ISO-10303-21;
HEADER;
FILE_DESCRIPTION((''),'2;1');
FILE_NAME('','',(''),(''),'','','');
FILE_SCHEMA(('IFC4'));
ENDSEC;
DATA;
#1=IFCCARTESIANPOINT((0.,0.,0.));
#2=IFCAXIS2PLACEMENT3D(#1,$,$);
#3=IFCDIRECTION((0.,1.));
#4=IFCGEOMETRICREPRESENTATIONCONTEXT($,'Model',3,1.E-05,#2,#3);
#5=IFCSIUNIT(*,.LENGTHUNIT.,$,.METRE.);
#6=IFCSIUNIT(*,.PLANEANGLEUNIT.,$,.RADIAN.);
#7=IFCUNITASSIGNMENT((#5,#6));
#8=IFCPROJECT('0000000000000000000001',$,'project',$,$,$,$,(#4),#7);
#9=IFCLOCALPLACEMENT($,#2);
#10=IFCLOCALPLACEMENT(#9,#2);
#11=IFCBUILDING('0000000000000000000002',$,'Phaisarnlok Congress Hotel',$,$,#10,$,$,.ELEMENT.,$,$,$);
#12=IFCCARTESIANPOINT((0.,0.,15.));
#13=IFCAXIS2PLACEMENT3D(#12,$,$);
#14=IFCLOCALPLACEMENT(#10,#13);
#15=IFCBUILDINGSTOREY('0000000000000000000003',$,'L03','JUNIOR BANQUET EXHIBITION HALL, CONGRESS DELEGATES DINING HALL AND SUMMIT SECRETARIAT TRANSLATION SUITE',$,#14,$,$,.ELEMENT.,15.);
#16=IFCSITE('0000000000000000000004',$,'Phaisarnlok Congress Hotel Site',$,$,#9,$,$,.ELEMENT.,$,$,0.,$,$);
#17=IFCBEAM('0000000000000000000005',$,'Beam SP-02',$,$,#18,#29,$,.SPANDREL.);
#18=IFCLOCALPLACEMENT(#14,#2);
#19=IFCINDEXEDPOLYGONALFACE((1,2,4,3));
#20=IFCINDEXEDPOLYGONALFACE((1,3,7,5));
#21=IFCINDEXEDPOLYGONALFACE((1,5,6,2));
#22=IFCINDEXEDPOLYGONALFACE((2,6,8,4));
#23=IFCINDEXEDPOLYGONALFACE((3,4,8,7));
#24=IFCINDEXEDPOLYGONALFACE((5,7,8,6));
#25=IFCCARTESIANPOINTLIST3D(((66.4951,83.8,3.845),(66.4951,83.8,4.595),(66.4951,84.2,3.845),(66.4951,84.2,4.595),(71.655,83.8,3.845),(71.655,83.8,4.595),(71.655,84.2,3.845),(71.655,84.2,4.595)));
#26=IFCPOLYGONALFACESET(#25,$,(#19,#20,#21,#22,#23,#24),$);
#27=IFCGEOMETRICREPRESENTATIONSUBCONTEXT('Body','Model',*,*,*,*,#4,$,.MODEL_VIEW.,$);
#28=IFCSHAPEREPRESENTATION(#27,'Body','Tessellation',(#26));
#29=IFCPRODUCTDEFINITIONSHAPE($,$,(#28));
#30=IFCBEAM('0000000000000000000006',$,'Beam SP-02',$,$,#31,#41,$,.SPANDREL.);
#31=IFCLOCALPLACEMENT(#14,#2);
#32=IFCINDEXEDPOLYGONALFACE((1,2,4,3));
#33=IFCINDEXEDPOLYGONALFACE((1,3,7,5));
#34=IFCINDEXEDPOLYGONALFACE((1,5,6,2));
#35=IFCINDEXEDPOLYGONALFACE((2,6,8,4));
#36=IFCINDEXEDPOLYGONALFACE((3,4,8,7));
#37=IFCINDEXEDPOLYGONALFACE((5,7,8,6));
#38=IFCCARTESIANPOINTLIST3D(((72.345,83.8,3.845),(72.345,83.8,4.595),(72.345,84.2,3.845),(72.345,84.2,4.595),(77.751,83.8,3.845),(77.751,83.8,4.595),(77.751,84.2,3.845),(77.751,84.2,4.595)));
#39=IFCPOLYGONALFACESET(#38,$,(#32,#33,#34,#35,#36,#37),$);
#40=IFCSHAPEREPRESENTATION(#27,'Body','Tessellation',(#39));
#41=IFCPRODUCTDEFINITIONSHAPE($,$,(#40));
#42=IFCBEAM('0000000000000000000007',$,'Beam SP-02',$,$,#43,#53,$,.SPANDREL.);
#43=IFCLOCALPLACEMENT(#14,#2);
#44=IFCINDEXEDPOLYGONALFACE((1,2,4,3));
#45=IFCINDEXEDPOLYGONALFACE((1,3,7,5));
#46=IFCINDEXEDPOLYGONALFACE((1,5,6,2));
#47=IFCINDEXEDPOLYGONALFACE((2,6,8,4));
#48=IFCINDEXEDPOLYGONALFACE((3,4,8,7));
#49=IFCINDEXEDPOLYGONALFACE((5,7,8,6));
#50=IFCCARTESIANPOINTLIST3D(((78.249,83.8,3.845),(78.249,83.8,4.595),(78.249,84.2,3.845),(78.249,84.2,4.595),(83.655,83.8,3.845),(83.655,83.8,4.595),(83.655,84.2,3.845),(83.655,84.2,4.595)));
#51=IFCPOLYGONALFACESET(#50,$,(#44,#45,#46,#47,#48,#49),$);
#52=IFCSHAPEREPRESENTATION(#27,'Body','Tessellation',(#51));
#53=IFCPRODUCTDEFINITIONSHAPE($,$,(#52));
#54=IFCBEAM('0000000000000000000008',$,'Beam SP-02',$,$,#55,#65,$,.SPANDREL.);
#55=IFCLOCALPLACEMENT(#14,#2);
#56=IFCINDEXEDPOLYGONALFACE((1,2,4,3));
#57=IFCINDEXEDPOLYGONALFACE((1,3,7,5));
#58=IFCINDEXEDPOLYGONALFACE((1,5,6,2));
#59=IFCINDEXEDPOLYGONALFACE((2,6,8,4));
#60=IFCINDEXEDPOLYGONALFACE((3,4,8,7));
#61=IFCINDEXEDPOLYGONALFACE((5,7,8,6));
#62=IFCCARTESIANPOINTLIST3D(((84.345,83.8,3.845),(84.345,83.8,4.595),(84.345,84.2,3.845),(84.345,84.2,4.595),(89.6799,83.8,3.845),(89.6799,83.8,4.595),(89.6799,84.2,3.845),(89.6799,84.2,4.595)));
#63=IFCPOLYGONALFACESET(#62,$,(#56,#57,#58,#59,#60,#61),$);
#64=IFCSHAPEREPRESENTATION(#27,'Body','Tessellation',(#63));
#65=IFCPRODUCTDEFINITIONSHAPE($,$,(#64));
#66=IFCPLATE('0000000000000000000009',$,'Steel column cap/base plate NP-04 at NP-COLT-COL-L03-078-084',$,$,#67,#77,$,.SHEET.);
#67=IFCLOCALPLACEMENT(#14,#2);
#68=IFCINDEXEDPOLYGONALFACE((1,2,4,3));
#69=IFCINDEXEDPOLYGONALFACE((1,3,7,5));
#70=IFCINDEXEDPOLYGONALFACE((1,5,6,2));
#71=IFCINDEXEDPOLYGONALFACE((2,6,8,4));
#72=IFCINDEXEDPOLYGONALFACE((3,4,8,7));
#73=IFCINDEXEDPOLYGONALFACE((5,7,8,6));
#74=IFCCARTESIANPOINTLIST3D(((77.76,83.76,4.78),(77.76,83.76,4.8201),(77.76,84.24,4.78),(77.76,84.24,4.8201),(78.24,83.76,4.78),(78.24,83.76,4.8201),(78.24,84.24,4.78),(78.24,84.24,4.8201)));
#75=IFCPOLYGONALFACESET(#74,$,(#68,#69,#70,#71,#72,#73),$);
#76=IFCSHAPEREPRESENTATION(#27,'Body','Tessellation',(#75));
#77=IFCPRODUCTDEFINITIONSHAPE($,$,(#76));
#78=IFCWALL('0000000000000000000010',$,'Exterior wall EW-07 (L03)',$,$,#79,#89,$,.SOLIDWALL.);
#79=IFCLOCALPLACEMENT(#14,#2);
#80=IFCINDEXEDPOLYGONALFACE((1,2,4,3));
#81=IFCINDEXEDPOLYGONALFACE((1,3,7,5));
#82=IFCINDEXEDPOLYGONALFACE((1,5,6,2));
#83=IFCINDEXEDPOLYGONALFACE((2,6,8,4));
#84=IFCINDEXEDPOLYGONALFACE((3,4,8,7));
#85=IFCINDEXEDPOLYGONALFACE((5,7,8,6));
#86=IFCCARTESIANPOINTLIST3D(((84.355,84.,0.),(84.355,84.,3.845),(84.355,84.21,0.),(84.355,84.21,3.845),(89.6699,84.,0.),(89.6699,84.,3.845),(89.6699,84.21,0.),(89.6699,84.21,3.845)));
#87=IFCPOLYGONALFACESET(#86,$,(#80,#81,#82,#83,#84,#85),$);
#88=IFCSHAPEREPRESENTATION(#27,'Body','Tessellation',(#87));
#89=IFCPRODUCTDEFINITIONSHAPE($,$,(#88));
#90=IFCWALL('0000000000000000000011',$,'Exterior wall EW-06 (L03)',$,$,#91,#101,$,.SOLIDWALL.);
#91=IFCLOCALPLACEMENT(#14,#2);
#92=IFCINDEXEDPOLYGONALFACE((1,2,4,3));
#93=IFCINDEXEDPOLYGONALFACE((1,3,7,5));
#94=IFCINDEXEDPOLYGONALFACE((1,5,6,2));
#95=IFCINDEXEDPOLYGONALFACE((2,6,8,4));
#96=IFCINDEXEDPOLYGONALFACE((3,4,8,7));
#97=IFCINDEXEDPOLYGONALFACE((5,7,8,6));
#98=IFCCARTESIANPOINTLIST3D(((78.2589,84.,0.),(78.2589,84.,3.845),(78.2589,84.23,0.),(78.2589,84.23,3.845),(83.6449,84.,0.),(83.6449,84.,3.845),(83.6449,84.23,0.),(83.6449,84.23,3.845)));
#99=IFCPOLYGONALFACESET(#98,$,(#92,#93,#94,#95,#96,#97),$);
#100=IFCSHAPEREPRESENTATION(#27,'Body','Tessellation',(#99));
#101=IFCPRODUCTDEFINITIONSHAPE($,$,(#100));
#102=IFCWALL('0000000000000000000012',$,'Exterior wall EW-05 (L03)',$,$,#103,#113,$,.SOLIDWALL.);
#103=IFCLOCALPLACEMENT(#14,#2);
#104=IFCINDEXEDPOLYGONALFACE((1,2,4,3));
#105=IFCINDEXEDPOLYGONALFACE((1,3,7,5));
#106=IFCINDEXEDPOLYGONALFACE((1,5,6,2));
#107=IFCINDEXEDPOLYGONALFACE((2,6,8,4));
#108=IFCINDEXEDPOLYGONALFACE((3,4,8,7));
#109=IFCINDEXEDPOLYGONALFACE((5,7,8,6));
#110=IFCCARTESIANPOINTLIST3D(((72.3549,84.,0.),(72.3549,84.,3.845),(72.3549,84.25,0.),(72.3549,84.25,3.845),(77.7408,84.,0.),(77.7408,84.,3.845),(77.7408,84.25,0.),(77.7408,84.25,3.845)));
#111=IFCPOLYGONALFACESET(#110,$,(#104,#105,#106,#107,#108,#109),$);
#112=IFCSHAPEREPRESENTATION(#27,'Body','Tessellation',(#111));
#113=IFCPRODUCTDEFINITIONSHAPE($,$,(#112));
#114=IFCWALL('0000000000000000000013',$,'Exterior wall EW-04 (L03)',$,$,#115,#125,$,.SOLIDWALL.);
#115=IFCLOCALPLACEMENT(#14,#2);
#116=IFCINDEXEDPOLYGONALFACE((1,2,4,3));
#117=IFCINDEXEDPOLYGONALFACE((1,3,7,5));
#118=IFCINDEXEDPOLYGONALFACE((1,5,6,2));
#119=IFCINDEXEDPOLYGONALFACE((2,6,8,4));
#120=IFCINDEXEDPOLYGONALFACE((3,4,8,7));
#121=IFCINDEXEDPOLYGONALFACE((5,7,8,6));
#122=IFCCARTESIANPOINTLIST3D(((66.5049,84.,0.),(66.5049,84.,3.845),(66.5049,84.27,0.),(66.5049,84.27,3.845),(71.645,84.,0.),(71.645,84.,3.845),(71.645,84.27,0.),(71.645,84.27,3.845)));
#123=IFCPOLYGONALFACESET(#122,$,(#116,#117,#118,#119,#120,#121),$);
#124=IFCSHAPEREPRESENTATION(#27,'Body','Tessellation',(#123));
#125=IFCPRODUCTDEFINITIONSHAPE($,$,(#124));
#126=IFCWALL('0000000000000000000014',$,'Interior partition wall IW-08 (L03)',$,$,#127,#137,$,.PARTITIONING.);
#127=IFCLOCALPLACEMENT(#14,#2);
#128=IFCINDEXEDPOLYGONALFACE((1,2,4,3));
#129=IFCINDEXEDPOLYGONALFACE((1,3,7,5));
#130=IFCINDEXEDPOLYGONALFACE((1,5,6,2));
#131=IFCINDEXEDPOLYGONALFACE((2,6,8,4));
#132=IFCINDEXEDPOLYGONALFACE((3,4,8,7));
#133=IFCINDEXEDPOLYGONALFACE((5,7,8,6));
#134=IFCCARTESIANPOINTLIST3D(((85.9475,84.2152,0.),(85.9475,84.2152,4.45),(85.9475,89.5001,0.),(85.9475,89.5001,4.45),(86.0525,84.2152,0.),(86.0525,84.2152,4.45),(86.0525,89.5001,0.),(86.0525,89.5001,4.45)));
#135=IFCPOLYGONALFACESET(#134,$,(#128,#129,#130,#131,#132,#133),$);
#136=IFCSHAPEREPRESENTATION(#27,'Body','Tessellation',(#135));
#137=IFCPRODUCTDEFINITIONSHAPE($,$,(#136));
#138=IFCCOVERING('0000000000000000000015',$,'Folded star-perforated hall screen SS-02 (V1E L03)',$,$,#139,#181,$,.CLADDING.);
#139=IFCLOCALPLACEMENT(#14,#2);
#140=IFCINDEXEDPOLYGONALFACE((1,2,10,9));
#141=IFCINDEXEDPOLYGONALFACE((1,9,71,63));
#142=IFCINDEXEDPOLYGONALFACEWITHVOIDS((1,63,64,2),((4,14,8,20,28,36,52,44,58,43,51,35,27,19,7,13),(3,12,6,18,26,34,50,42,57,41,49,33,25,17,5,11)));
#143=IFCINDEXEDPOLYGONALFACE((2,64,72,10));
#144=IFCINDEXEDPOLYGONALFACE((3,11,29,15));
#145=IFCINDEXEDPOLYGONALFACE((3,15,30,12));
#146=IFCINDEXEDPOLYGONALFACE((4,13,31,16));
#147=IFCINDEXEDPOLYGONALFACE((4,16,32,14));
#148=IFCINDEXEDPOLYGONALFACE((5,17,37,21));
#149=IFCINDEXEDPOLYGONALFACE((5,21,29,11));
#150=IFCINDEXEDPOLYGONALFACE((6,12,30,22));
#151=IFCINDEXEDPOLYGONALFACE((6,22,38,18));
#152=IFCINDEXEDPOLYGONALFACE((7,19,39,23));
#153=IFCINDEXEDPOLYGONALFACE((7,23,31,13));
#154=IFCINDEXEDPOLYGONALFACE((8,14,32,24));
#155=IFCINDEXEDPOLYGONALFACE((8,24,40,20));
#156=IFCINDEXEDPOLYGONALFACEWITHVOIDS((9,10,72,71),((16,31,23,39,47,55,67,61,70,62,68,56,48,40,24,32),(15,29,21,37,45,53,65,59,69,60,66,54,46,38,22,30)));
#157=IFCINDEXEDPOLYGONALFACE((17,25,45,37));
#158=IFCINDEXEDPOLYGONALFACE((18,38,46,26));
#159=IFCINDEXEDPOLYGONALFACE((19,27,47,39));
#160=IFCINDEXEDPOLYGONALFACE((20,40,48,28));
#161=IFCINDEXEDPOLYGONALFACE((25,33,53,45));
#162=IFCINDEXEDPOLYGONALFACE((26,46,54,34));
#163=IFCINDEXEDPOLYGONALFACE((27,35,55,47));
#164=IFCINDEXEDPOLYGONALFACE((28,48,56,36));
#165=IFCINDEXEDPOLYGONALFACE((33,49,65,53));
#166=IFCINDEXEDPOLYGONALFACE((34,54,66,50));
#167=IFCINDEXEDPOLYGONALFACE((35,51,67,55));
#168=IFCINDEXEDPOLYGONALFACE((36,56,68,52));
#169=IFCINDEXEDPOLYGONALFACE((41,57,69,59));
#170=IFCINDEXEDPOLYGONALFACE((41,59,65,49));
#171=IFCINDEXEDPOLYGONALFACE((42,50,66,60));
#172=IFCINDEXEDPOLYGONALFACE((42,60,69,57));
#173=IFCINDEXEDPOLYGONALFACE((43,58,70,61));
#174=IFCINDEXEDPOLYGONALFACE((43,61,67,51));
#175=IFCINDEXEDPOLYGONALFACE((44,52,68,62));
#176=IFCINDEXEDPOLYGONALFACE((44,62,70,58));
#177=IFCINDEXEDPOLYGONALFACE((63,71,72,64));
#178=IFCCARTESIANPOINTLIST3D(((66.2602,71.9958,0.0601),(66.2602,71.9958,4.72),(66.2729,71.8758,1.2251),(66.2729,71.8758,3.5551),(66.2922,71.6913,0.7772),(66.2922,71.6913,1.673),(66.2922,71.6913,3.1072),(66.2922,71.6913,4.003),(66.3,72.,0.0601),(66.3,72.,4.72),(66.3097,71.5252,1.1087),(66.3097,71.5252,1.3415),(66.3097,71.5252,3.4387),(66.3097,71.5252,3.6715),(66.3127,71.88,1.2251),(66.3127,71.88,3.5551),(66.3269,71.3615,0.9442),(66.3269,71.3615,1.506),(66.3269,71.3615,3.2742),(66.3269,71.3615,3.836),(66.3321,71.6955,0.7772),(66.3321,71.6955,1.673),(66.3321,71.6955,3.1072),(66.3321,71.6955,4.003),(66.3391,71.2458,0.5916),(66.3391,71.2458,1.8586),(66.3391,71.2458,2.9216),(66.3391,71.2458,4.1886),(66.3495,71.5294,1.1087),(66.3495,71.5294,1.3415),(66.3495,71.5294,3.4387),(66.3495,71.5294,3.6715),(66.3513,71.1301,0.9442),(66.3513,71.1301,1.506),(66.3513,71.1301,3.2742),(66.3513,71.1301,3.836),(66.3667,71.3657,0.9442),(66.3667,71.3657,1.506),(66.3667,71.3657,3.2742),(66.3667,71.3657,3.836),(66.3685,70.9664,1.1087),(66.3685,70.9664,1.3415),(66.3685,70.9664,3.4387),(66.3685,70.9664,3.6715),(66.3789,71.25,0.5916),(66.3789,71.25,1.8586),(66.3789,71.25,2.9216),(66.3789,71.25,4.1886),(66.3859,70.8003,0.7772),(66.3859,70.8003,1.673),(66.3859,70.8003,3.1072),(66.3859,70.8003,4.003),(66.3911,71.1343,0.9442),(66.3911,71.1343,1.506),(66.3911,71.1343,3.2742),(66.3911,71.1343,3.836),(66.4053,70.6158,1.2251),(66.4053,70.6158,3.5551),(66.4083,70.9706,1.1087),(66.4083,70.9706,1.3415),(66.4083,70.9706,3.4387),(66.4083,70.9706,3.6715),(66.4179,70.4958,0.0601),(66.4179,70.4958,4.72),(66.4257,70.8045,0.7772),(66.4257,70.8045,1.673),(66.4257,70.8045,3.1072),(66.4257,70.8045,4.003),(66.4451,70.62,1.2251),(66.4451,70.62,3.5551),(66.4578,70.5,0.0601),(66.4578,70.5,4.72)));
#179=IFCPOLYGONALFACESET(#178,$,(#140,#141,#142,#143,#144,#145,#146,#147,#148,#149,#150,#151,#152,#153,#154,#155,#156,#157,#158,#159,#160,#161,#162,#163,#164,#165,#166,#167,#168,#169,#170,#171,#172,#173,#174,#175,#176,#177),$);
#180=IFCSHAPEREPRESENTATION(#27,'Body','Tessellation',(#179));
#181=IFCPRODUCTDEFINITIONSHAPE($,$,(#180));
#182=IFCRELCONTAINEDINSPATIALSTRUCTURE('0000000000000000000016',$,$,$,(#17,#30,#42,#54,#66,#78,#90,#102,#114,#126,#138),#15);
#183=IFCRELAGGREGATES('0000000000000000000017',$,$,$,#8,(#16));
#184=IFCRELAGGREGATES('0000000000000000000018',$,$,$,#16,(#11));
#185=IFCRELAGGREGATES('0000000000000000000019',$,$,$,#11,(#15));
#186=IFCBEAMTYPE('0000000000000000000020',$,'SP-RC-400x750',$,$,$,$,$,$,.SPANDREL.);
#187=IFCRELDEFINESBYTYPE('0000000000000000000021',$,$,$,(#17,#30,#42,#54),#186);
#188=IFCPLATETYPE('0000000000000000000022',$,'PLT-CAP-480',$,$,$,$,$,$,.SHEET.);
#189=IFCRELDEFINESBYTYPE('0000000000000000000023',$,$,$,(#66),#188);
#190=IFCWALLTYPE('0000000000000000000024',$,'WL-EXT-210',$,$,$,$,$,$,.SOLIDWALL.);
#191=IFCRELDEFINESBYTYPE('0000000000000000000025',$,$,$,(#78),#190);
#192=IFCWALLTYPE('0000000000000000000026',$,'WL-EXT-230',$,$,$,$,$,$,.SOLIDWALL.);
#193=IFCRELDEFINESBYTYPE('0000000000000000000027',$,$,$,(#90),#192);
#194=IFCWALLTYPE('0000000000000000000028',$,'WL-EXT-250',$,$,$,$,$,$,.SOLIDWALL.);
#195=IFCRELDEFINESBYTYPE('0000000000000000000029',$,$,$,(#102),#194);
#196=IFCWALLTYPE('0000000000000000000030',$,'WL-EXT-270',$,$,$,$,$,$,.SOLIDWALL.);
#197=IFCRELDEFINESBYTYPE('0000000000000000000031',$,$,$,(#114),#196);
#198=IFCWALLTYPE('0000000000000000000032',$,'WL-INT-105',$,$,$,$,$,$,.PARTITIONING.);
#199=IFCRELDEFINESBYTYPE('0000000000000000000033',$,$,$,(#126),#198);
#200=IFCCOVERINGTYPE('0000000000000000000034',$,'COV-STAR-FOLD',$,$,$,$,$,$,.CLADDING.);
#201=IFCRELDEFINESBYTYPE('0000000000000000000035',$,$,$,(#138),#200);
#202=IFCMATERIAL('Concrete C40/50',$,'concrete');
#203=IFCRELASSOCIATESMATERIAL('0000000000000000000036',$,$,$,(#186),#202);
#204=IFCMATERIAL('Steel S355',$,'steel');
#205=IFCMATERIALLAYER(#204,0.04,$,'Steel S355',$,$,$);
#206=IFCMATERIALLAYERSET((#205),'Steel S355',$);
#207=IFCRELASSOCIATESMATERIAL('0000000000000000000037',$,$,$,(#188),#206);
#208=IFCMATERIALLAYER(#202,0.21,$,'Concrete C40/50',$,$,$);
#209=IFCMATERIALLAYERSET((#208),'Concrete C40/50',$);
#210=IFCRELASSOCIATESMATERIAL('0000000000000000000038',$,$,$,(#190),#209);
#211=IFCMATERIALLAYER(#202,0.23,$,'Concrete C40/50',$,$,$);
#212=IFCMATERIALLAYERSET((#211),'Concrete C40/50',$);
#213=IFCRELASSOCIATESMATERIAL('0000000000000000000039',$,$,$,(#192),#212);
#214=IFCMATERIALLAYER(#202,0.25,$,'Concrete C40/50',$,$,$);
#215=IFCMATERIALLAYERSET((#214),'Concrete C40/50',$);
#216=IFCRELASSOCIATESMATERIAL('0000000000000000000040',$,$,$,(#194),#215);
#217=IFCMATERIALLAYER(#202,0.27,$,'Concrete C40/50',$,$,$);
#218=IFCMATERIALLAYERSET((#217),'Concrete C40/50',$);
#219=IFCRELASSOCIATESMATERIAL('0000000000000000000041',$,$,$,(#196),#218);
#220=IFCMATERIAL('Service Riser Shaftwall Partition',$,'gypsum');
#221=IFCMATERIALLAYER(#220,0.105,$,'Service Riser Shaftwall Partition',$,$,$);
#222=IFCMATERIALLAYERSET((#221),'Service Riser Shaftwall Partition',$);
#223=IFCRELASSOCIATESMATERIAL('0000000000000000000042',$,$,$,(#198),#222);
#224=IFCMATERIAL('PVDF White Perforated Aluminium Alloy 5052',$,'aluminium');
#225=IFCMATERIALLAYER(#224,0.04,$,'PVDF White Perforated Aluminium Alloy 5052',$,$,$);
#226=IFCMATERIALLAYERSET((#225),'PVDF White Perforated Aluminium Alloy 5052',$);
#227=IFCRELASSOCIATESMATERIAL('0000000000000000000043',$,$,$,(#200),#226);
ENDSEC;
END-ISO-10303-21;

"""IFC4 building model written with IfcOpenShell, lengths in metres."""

from ifc_helpers import new_model, si_unit, direction, frame, frame_2d, origin, origin_2d, place, context, subcontext, project, spatial, polyline, rectangle, outline, extrude, material, layer, layer_set, material_profile, profile_set, type_object, element, save


model = new_model("IFC4")

# Units and contexts
model_context = context("Model", 3, precision=1e-05, world=origin(), true_north=direction((0.0, 1.0)))
body_context = subcontext(model_context, "Body", "Model", "MODEL_VIEW")
ifc_project = project(units=[si_unit("LENGTHUNIT", "METRE"), si_unit("PLANEANGLEUNIT", "RADIAN")], contexts=[model_context])

# Site, building, storey
site_placement = place(None, origin())
site = spatial("IfcSite", under=ifc_project, at=site_placement, Name="Phaisarnlok Congress Hotel Site", CompositionType="ELEMENT", RefElevation=0.0)
building_placement = place(site_placement, origin())
building = spatial("IfcBuilding", under=site, at=building_placement, Name="Phaisarnlok Congress Hotel", CompositionType="ELEMENT")
storey_placement = place(building_placement, frame((0.0, 0.0, 15.0)))
storey = spatial("IfcBuildingStorey", under=building, at=storey_placement, Name="L03", Description="JUNIOR BANQUET EXHIBITION HALL, CONGRESS DELEGATES DINING HALL AND SUMMIT SECRETARIAT TRANSLATION SUITE", CompositionType="ELEMENT", Elevation=15.0)

# Shared definitions
ifc_material_1 = material(Name="Steel S355", Category="steel")

# Beams
ifc_material_2 = material(Name="Concrete C40/50", Category="concrete")
ifc_material_profile_1 = material_profile(ifc_material_2, rectangle(XDim=0.3999, YDim=0.75, at=origin_2d()), Name="RC 400x750")
ifc_profile_set_1 = profile_set([ifc_material_profile_1], Name="Concrete C40/50")
beam_type_1 = type_object("IfcBeamType", Name="SP-RC-400x750", PredefinedType="SPANDREL", material=ifc_profile_set_1)
beam_1_placement = place(storey_placement, frame((66.4951, 84.0, 4.22), z_axis=(1.0, 0.0, 0.0), x_axis=(0.0, 1.0, 0.0)))
element("IfcBeam", 1, at=beam_1_placement, inside=storey, type_object=beam_type_1, Name="Beam SP-02", PredefinedType="SPANDREL", context=body_context, shape_type="SweptSolid", body=[
    extrude(rectangle(XDim=0.3999, YDim=0.75, at=origin_2d()), origin(), (0.0, 0.0, 1.0), 5.1599),
])
for number, where, z_axis, x_axis, name in (
    (2, (72.345, 84.0, 4.22), (1.0, 0.0, 0.0), (0.0, 1.0, 0.0), "Beam SP-02"),
    (3, (78.249, 84.0, 4.22), (1.0, 0.0, 0.0), (0.0, 1.0, 0.0), "Beam SP-02"),
):
    element("IfcBeam", number, at=place(storey_placement, frame(where, z_axis=z_axis, x_axis=x_axis)), inside=storey, type_object=beam_type_1, Name=name, PredefinedType="SPANDREL", context=body_context, shape_type="SweptSolid", body=[
        extrude(rectangle(XDim=0.3999, YDim=0.75, at=origin_2d()), origin(), (0.0, 0.0, 1.0), 5.406),
    ])
beam_2_placement = place(storey_placement, frame((84.345, 84.0, 4.22), z_axis=(1.0, 0.0, 0.0), x_axis=(0.0, 1.0, 0.0)))
element("IfcBeam", 4, at=beam_2_placement, inside=storey, type_object=beam_type_1, Name="Beam SP-02", PredefinedType="SPANDREL", context=body_context, shape_type="SweptSolid", body=[
    extrude(rectangle(XDim=0.3999, YDim=0.75, at=origin_2d()), origin(), (0.0, 0.0, 1.0), 5.335),
])

# Plate
ifc_layer_1 = layer(ifc_material_1, 0.04, Name="Steel S355")
ifc_layer_set_1 = layer_set([ifc_layer_1], Name="Steel S355")
plate_type = type_object("IfcPlateType", Name="PLT-CAP-480", PredefinedType="SHEET", material=ifc_layer_set_1)
plate_placement = place(storey_placement, frame((78.0, 84.0, 4.78), z_axis=(0.0, 0.0, 1.0), x_axis=(1.0, 0.0, 0.0)))
element("IfcPlate", 5, at=plate_placement, inside=storey, type_object=plate_type, Name="Steel column cap/base plate NP-04 at NP-COLT-COL-L03-078-084", PredefinedType="SHEET", context=body_context, shape_type="SweptSolid", body=[
    extrude(rectangle(XDim=0.48, YDim=0.48, at=origin_2d()), origin(), (0.0, 0.0, 1.0), 0.04),
])

# Walls
ifc_layer_2 = layer(ifc_material_2, 0.21, Name="Concrete C40/50")
ifc_layer_set_2 = layer_set([ifc_layer_2], Name="Concrete C40/50")
wall_type_1 = type_object("IfcWallType", Name="WL-EXT-210", PredefinedType="SOLIDWALL", material=ifc_layer_set_2)
wall_1_placement = place(storey_placement, frame((84.355, 84.105, 0.0), z_axis=(0.0, 0.0, 1.0), x_axis=(1.0, 0.0, 0.0)))
element("IfcWall", 6, at=wall_1_placement, inside=storey, type_object=wall_type_1, Name="Exterior wall EW-07 (L03)", PredefinedType="SOLIDWALL", context=body_context, shape_type="SweptSolid", body=[
    extrude(rectangle(XDim=5.3149, YDim=0.21, at=frame_2d((2.6575, 0.0))), origin(), (0.0, 0.0, 1.0), 3.845),
])
ifc_layer_3 = layer(ifc_material_2, 0.23, Name="Concrete C40/50")
ifc_layer_set_3 = layer_set([ifc_layer_3], Name="Concrete C40/50")
wall_type_2 = type_object("IfcWallType", Name="WL-EXT-230", PredefinedType="SOLIDWALL", material=ifc_layer_set_3)
wall_2_placement = place(storey_placement, frame((78.259, 84.115, 0.0), z_axis=(0.0, 0.0, 1.0), x_axis=(1.0, 0.0, 0.0)))
element("IfcWall", 7, at=wall_2_placement, inside=storey, type_object=wall_type_2, Name="Exterior wall EW-06 (L03)", PredefinedType="SOLIDWALL", context=body_context, shape_type="SweptSolid", body=[
    extrude(rectangle(XDim=5.386, YDim=0.23, at=frame_2d((2.6929, 0.0))), origin(), (0.0, 0.0, 1.0), 3.845),
])
ifc_layer_4 = layer(ifc_material_2, 0.25, Name="Concrete C40/50")
ifc_layer_set_4 = layer_set([ifc_layer_4], Name="Concrete C40/50")
wall_type_3 = type_object("IfcWallType", Name="WL-EXT-250", PredefinedType="SOLIDWALL", material=ifc_layer_set_4)
wall_3_placement = place(storey_placement, frame((72.355, 84.125, 0.0), z_axis=(0.0, 0.0, 1.0), x_axis=(1.0, 0.0, 0.0)))
element("IfcWall", 8, at=wall_3_placement, inside=storey, type_object=wall_type_3, Name="Exterior wall EW-05 (L03)", PredefinedType="SOLIDWALL", context=body_context, shape_type="SweptSolid", body=[
    extrude(rectangle(XDim=5.386, YDim=0.25, at=frame_2d((2.6929, 0.0))), origin(), (0.0, 0.0, 1.0), 3.845),
])
ifc_layer_5 = layer(ifc_material_2, 0.27, Name="Concrete C40/50")
ifc_layer_set_5 = layer_set([ifc_layer_5], Name="Concrete C40/50")
wall_type_4 = type_object("IfcWallType", Name="WL-EXT-270", PredefinedType="SOLIDWALL", material=ifc_layer_set_5)
wall_4_placement = place(storey_placement, frame((66.5049, 84.135, 0.0), z_axis=(0.0, 0.0, 1.0), x_axis=(1.0, 0.0, 0.0)))
element("IfcWall", 9, at=wall_4_placement, inside=storey, type_object=wall_type_4, Name="Exterior wall EW-04 (L03)", PredefinedType="SOLIDWALL", context=body_context, shape_type="SweptSolid", body=[
    extrude(rectangle(XDim=5.1401, YDim=0.27, at=frame_2d((2.5701, 0.0))), origin(), (0.0, 0.0, 1.0), 3.845),
])
ifc_material_3 = material(Name="Service Riser Shaftwall Partition", Category="gypsum")
ifc_layer_6 = layer(ifc_material_3, 0.105, Name="Service Riser Shaftwall Partition")
ifc_layer_set_6 = layer_set([ifc_layer_6], Name="Service Riser Shaftwall Partition")
wall_type_5 = type_object("IfcWallType", Name="WL-INT-105", PredefinedType="PARTITIONING", material=ifc_layer_set_6)
wall_5_placement = place(storey_placement, frame((86.0, 84.2151, 0.0), z_axis=(0.0, 0.0, 1.0), x_axis=(0.0, 1.0, 0.0)))
element("IfcWall", 10, at=wall_5_placement, inside=storey, type_object=wall_type_5, Name="Interior partition wall IW-08 (L03)", PredefinedType="PARTITIONING", context=body_context, shape_type="SweptSolid", body=[
    extrude(rectangle(XDim=5.2849, YDim=0.105, at=frame_2d((2.6426, 0.0))), origin(), (0.0, 0.0, 1.0), 4.45),
])

# Covering
ifc_material_4 = material(Name="PVDF White Perforated Aluminium Alloy 5052", Category="aluminium")
ifc_layer_7 = layer(ifc_material_4, 0.04, Name="PVDF White Perforated Aluminium Alloy 5052")
ifc_layer_set_7 = layer_set([ifc_layer_7], Name="PVDF White Perforated Aluminium Alloy 5052")
covering_type = type_object("IfcCoveringType", Name="COV-STAR-FOLD", PredefinedType="CLADDING", material=ifc_layer_set_7)
for number, where, z_axis, x_axis, name in (
    (11, (66.3, 72.0, 0.0601), (-0.994518, -0.104567, 0.0), (0.104567, -0.994518, 0.0), "Folded star-perforated hall screen SS-02 (V1E L03)"),
):
    element("IfcCovering", number, at=place(storey_placement, frame(where, z_axis=z_axis, x_axis=x_axis)), inside=storey, type_object=covering_type, Name=name, PredefinedType="CLADDING", context=body_context, shape_type="SweptSolid", body=[
        extrude(outline(polyline([(0.0, 0.0), (1.5083, 0.0), (1.5083, 4.6599), (0.0, 4.6599), (0.0, 0.0)]), holes=[polyline([(1.0351, 1.0486), (1.2021, 0.7171), (0.8705, 0.8841), (0.7541, 0.5315), (0.6378, 0.8841), (0.3062, 0.7171), (0.4732, 1.0486), (0.1207, 1.165), (0.4732, 1.2814), (0.3062, 1.6129), (0.6378, 1.4459), (0.7541, 1.7985), (0.8705, 1.4459), (1.2021, 1.6129), (1.0351, 1.2814), (1.3876, 1.165), (1.0351, 1.0486)]), polyline([(1.0351, 3.3786), (1.2021, 3.0471), (0.8705, 3.2141), (0.7541, 2.8615), (0.6378, 3.2141), (0.3062, 3.0471), (0.4732, 3.3786), (0.1207, 3.495), (0.4732, 3.6114), (0.3062, 3.9429), (0.6378, 3.7759), (0.7541, 4.1285), (0.8705, 3.7759), (1.2021, 3.9429), (1.0351, 3.6114), (1.3876, 3.495), (1.0351, 3.3786)])]), origin(), (0.0, 0.0, 1.0), 0.04),
    ])

save(model, "model.ifc")
